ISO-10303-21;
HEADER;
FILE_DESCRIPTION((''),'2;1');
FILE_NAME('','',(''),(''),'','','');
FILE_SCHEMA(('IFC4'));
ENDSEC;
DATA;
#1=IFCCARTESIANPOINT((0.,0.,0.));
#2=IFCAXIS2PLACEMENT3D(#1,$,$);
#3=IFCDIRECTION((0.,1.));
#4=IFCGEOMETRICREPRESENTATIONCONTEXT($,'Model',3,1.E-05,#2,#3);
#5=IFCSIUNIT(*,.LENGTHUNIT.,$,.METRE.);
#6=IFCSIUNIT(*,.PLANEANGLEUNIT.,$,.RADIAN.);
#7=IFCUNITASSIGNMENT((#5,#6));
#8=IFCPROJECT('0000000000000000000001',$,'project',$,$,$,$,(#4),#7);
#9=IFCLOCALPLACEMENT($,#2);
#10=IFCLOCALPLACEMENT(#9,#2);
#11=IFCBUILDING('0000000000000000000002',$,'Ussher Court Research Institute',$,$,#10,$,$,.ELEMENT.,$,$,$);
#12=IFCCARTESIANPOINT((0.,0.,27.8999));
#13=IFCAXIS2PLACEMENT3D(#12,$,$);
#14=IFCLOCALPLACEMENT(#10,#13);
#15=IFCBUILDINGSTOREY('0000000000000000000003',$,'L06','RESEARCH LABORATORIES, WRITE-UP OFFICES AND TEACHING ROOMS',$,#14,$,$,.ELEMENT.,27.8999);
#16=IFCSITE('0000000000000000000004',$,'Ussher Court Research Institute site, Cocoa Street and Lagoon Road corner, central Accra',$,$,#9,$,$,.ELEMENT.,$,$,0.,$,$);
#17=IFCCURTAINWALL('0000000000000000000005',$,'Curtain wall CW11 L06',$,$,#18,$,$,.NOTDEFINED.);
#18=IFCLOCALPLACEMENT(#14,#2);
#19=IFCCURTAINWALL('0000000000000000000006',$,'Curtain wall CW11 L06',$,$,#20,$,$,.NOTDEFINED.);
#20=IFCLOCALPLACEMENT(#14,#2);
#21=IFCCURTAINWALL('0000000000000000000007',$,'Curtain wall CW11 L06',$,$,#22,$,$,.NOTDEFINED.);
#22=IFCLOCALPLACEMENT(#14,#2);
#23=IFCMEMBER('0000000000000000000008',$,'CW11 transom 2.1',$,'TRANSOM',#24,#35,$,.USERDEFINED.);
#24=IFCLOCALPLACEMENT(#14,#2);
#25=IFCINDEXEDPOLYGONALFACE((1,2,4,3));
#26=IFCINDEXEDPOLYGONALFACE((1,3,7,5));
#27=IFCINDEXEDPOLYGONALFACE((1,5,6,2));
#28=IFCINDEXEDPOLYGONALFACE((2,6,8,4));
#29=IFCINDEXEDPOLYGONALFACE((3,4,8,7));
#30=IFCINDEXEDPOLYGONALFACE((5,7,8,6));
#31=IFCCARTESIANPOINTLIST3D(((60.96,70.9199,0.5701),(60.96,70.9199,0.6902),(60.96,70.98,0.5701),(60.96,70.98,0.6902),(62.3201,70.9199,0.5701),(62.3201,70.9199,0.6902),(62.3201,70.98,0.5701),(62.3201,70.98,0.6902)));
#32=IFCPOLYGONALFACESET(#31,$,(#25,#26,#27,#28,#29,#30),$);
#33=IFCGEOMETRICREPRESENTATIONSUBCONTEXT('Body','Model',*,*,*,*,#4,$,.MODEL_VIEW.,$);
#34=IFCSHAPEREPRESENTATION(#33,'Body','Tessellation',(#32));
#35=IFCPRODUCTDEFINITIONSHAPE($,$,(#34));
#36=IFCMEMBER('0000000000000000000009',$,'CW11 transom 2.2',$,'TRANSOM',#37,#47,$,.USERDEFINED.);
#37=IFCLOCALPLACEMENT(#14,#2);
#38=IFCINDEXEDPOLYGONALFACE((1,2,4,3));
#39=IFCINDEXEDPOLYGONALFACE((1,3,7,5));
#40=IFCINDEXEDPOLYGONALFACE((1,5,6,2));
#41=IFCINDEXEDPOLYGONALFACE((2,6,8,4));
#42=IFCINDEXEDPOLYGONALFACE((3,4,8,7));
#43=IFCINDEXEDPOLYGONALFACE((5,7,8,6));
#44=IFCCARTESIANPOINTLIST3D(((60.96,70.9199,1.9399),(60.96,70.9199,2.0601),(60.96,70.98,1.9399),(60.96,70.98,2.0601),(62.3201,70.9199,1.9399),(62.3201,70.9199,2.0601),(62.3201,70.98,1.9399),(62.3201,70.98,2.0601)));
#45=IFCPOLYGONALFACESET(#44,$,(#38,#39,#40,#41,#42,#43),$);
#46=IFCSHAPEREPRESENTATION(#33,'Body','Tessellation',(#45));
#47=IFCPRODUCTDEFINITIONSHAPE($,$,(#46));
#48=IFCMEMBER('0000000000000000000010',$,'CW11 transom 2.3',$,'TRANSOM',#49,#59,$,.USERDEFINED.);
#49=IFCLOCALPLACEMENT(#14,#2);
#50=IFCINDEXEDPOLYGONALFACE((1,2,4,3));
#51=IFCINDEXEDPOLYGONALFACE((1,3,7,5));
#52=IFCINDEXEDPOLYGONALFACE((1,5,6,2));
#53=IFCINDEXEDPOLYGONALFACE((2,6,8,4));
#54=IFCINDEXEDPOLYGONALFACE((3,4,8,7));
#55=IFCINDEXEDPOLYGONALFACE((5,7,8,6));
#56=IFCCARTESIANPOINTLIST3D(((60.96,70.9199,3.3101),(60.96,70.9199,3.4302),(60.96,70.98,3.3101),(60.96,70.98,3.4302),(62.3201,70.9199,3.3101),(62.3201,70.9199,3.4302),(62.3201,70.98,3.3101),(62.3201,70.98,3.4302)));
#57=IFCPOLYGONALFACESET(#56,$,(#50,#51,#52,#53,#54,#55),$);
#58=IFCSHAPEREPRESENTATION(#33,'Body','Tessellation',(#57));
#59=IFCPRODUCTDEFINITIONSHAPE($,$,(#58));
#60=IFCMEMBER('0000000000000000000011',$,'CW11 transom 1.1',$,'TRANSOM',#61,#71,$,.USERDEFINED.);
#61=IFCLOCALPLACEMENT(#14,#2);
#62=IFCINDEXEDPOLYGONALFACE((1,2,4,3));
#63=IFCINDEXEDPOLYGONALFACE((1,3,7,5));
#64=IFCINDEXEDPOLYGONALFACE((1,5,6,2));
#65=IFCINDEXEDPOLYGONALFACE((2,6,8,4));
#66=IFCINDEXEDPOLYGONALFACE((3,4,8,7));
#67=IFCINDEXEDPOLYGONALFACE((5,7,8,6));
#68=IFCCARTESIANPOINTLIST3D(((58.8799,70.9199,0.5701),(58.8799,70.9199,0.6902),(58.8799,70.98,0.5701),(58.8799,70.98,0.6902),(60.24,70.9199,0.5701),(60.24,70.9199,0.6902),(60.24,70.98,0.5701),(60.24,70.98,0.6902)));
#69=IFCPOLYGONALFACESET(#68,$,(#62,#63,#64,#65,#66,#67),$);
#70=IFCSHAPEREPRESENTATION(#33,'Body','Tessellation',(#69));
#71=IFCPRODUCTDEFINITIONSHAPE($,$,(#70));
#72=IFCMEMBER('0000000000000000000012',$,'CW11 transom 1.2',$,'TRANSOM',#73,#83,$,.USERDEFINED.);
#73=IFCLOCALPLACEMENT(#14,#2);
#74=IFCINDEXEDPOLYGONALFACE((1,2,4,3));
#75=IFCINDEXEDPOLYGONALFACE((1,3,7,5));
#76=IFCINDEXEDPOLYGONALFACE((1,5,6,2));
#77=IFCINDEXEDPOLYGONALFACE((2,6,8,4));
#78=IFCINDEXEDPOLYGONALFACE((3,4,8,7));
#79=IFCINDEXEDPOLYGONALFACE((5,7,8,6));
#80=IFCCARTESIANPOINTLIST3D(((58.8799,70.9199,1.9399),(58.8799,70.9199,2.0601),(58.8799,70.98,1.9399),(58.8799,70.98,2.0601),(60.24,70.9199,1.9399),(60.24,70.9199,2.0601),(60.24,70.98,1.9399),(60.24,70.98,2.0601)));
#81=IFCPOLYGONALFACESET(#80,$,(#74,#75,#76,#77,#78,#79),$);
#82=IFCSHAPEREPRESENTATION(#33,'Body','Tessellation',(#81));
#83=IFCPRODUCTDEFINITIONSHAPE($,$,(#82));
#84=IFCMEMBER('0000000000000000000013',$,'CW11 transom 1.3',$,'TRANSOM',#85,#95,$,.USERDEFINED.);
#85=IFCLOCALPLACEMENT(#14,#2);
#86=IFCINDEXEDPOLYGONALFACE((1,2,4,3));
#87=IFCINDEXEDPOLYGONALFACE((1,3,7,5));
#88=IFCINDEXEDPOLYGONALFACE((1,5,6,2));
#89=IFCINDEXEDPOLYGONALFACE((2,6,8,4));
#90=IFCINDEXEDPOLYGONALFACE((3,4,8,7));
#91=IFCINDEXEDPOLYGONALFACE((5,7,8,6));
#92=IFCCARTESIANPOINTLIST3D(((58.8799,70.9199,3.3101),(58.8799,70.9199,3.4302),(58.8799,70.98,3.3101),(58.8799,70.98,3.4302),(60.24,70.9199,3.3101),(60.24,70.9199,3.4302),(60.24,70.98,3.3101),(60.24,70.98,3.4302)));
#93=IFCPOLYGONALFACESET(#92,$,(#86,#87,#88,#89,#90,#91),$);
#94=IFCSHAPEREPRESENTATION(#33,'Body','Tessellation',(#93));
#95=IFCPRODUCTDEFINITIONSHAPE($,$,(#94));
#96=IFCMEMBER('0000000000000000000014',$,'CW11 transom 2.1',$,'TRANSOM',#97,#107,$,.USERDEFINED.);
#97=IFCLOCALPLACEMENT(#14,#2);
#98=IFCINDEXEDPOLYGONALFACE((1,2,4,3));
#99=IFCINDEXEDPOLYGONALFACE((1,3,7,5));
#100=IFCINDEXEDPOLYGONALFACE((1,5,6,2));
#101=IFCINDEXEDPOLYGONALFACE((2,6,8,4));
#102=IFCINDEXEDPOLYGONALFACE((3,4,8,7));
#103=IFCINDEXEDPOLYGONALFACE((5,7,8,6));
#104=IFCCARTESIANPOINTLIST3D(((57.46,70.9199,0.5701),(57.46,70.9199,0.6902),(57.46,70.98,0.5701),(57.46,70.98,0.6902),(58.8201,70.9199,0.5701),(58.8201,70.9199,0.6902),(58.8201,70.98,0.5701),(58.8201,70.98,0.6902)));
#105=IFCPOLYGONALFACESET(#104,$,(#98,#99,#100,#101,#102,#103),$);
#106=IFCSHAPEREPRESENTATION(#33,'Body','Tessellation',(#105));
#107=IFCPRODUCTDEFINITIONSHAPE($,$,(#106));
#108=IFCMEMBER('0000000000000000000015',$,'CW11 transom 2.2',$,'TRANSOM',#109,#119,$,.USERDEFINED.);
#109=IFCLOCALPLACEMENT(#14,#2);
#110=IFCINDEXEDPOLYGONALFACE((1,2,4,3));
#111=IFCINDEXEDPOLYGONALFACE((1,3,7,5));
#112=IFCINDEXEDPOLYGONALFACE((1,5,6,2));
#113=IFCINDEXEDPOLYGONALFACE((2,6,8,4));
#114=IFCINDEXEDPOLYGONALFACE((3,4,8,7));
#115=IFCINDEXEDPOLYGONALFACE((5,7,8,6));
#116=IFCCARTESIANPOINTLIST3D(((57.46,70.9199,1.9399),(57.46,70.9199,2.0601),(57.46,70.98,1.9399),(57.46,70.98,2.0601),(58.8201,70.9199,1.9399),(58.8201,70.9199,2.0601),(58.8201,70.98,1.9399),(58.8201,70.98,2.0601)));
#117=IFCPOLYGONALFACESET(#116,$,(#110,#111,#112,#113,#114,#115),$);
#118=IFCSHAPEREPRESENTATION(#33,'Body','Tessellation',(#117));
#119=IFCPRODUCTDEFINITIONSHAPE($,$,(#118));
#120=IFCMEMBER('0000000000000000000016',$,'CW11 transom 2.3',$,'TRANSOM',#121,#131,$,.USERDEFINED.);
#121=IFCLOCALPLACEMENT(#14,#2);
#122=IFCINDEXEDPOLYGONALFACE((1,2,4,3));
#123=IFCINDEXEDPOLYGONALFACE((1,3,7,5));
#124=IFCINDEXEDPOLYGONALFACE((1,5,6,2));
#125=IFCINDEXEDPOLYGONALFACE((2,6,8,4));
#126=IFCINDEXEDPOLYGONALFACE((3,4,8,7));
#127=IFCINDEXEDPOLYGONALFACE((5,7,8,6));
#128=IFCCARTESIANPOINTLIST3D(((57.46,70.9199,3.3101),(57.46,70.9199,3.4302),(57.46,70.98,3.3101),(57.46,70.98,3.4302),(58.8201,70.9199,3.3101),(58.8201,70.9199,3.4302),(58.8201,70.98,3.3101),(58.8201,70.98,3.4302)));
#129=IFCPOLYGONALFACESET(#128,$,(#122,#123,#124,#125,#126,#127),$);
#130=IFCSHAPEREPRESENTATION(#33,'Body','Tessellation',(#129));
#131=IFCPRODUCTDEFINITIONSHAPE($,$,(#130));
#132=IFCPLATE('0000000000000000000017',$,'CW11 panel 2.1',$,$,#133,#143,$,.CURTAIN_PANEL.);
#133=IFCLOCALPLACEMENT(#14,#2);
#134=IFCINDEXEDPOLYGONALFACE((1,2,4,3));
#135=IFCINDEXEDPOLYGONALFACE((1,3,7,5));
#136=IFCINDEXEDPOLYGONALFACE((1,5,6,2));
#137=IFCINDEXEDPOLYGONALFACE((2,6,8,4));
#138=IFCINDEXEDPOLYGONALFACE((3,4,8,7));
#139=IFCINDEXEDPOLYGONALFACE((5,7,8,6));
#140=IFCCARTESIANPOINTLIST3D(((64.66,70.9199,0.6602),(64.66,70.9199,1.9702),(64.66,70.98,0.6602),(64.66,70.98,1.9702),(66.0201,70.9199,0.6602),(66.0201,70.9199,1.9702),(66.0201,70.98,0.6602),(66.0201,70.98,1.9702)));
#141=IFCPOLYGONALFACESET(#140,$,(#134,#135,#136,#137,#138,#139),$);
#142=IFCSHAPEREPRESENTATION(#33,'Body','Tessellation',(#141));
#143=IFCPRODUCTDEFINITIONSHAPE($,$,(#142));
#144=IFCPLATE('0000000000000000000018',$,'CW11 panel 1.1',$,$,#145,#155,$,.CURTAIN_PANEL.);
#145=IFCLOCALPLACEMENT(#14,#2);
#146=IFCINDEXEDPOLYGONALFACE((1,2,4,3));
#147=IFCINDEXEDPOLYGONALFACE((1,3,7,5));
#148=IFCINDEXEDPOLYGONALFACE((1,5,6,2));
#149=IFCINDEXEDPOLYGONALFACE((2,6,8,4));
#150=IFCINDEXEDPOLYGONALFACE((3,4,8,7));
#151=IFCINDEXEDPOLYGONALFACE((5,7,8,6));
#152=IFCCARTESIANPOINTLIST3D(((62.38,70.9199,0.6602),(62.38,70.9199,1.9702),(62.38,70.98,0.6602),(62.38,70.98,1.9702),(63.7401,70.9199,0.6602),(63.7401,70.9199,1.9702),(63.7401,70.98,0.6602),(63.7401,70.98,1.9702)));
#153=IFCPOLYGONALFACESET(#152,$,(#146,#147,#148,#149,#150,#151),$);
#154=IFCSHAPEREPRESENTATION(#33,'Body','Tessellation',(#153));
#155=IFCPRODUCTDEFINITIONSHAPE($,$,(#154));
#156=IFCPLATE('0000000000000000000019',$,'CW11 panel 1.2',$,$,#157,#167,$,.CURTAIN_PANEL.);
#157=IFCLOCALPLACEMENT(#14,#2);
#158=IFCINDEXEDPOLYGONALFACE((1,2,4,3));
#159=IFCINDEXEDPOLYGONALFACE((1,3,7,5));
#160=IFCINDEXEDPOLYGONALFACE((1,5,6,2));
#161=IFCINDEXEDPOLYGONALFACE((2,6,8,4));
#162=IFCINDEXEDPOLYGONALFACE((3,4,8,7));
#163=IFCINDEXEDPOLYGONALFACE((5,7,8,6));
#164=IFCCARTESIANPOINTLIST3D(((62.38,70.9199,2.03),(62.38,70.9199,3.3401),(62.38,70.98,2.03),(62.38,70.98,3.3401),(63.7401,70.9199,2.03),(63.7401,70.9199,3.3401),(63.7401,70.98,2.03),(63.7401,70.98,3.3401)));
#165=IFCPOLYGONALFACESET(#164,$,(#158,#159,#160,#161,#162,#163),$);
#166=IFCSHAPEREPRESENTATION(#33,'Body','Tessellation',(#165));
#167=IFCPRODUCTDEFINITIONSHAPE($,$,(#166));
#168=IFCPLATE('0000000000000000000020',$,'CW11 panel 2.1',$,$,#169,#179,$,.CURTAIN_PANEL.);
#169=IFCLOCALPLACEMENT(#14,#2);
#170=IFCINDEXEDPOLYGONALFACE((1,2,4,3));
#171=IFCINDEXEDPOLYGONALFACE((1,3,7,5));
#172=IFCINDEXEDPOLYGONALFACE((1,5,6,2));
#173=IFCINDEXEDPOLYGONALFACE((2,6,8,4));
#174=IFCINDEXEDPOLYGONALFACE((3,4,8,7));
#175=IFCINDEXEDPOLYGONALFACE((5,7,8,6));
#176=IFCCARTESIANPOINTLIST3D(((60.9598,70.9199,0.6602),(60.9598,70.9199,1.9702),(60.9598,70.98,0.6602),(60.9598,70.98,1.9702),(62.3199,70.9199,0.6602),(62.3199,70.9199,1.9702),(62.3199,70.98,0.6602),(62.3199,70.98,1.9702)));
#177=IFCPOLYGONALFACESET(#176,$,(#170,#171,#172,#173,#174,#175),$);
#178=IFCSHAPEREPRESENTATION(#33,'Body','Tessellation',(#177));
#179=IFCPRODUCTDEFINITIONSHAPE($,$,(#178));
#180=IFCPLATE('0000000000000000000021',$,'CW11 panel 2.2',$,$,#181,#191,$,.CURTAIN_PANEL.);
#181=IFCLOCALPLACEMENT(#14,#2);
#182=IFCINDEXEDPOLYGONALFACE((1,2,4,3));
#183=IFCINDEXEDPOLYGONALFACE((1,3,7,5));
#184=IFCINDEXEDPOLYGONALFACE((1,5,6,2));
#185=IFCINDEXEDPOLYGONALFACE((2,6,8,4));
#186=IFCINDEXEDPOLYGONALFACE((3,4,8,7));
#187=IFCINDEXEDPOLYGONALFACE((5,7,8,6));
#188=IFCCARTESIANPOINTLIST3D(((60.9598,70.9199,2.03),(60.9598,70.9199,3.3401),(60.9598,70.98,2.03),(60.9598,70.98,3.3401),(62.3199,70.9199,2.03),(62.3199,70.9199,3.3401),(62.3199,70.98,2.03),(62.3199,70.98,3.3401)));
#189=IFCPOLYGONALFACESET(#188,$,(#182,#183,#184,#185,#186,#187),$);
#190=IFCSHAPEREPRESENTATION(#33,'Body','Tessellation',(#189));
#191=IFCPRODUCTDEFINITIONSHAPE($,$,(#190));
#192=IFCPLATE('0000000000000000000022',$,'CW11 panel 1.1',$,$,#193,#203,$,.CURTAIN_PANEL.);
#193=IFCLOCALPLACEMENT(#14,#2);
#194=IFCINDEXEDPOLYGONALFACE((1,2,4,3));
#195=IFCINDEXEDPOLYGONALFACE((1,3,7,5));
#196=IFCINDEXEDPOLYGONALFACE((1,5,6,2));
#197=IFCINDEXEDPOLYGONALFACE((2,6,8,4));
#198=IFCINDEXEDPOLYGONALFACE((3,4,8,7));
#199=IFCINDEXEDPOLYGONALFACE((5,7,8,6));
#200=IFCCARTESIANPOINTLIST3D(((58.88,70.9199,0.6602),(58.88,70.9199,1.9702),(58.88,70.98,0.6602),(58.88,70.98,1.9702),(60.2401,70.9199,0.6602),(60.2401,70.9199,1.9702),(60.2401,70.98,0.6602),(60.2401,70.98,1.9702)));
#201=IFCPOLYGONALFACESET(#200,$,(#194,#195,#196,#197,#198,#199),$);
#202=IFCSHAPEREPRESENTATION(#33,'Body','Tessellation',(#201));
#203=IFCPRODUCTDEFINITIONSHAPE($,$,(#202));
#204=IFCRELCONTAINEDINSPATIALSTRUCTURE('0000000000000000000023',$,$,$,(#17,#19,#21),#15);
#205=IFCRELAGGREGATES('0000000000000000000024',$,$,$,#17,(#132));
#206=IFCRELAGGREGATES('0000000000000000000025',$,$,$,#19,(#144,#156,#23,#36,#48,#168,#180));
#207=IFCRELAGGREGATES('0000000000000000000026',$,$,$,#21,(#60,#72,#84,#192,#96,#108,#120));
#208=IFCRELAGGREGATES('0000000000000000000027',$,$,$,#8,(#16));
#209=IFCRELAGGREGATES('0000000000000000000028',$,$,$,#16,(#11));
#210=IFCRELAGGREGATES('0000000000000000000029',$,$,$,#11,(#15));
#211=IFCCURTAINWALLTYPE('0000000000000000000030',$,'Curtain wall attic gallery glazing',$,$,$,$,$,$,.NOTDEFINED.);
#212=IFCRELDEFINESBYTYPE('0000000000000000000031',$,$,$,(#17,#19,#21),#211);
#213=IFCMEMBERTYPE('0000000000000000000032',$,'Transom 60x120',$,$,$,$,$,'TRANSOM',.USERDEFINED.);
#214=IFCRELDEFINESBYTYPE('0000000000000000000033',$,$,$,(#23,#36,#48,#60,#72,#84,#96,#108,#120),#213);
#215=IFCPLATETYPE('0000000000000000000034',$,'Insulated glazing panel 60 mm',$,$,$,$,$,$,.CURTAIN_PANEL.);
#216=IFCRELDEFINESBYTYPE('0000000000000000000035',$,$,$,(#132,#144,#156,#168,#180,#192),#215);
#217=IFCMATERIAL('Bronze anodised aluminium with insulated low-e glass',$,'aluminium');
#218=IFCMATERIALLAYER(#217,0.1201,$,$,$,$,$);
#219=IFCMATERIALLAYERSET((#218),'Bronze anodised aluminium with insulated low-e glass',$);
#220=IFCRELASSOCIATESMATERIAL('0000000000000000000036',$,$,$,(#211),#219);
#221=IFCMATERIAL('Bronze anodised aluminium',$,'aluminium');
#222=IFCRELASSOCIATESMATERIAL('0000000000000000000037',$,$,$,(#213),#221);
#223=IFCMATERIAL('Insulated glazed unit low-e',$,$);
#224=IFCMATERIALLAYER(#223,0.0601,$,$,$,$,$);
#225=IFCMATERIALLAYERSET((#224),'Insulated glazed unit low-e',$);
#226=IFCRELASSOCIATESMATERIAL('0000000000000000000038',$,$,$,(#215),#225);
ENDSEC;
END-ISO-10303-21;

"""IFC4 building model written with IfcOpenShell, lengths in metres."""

from ifc_helpers import new_model, si_unit, direction, frame, origin, origin_2d, place, context, subcontext, project, spatial, rectangle, extrude, material, layer, layer_set, material_profile, profile_set, type_object, element, aggregate, save


model = new_model("IFC4")

# Units and contexts
model_context = context("Model", 3, precision=1e-05, world=origin(), true_north=direction((0.0, 1.0)))
body_context = subcontext(model_context, "Body", "Model", "MODEL_VIEW")
ifc_project = project(units=[si_unit("LENGTHUNIT", "METRE"), si_unit("PLANEANGLEUNIT", "RADIAN")], contexts=[model_context])

# Site, building, storey
site_placement = place(None, origin())
site = spatial("IfcSite", under=ifc_project, at=site_placement, Name="Ussher Court Research Institute site, Cocoa Street and Lagoon Road corner, central Accra", CompositionType="ELEMENT", RefElevation=0.0)
building_placement = place(site_placement, origin())
building = spatial("IfcBuilding", under=site, at=building_placement, Name="Ussher Court Research Institute", CompositionType="ELEMENT")
storey_placement = place(building_placement, frame((0.0, 0.0, 27.8999)))
storey = spatial("IfcBuildingStorey", under=building, at=storey_placement, Name="L06", Description="RESEARCH LABORATORIES, WRITE-UP OFFICES AND TEACHING ROOMS", CompositionType="ELEMENT", Elevation=27.8999)

# Curtain wall
ifc_material_1 = material(Name="Bronze anodised aluminium with insulated low-e glass", Category="aluminium")
ifc_layer_1 = layer(ifc_material_1, 0.1201)
ifc_layer_set_1 = layer_set([ifc_layer_1], Name="Bronze anodised aluminium with insulated low-e glass")
curtain_wall_type = type_object("IfcCurtainWallType", Name="Curtain wall attic gallery glazing", PredefinedType="NOTDEFINED", material=ifc_layer_set_1)
curtain_wall_1_placement = place(storey_placement, origin())
curtain_wall_1 = element("IfcCurtainWall", 1, at=curtain_wall_1_placement, inside=storey, type_object=curtain_wall_type, Name="Curtain wall CW11 L06", PredefinedType="NOTDEFINED")

# Curtain walls
curtain_wall_2_placement = place(storey_placement, origin())
curtain_wall_2 = element("IfcCurtainWall", 2, at=curtain_wall_2_placement, inside=storey, type_object=curtain_wall_type, Name="Curtain wall CW11 L06", PredefinedType="NOTDEFINED")
curtain_wall_3_placement = place(storey_placement, origin())
curtain_wall_3 = element("IfcCurtainWall", 3, at=curtain_wall_3_placement, inside=storey, type_object=curtain_wall_type, Name="Curtain wall CW11 L06", PredefinedType="NOTDEFINED")

# Members
ifc_material_2 = material(Name="Bronze anodised aluminium", Category="aluminium")
ifc_material_profile_1 = material_profile(ifc_material_2, rectangle(XDim=0.0601, YDim=0.1201, at=origin_2d()), Name="Transom 60x120")
ifc_profile_set_1 = profile_set([ifc_material_profile_1], Name="Bronze anodised aluminium")
member_type_1 = type_object("IfcMemberType", Name="Transom 60x120", ElementType="TRANSOM", PredefinedType="USERDEFINED", material=ifc_profile_set_1)
member_1_placement = place(storey_placement, frame((62.3201, 70.95, 0.6301), z_axis=(-1.0, 0.0, 0.0), x_axis=(0.0, -1.0, 0.0)))
member_1 = element("IfcMember", 4, at=member_1_placement, type_object=member_type_1, Name="CW11 transom 2.1", ObjectType="TRANSOM", PredefinedType="USERDEFINED", context=body_context, shape_type="SweptSolid", body=[
    extrude(rectangle(XDim=0.0601, YDim=0.1201, at=origin_2d()), origin(), (0.0, 0.0, 1.0), 1.3601),
])
member_2_placement = place(storey_placement, frame((62.3201, 70.95, 2.0), z_axis=(-1.0, 0.0, 0.0), x_axis=(0.0, -1.0, 0.0)))
member_2 = element("IfcMember", 5, at=member_2_placement, type_object=member_type_1, Name="CW11 transom 2.2", ObjectType="TRANSOM", PredefinedType="USERDEFINED", context=body_context, shape_type="SweptSolid", body=[
    extrude(rectangle(XDim=0.0601, YDim=0.1201, at=origin_2d()), origin(), (0.0, 0.0, 1.0), 1.3601),
])
member_3_placement = place(storey_placement, frame((62.3201, 70.95, 3.3701), z_axis=(-1.0, 0.0, 0.0), x_axis=(0.0, -1.0, 0.0)))
member_3 = element("IfcMember", 6, at=member_3_placement, type_object=member_type_1, Name="CW11 transom 2.3", ObjectType="TRANSOM", PredefinedType="USERDEFINED", context=body_context, shape_type="SweptSolid", body=[
    extrude(rectangle(XDim=0.0601, YDim=0.1201, at=origin_2d()), origin(), (0.0, 0.0, 1.0), 1.3601),
])
member_4_placement = place(storey_placement, frame((60.24, 70.95, 0.6301), z_axis=(-1.0, 0.0, 0.0), x_axis=(0.0, -1.0, 0.0)))
member_4 = element("IfcMember", 7, at=member_4_placement, type_object=member_type_1, Name="CW11 transom 1.1", ObjectType="TRANSOM", PredefinedType="USERDEFINED", context=body_context, shape_type="SweptSolid", body=[
    extrude(rectangle(XDim=0.0601, YDim=0.1201, at=origin_2d()), origin(), (0.0, 0.0, 1.0), 1.3601),
])
member_5_placement = place(storey_placement, frame((60.24, 70.95, 2.0), z_axis=(-1.0, 0.0, 0.0), x_axis=(0.0, -1.0, 0.0)))
member_5 = element("IfcMember", 8, at=member_5_placement, type_object=member_type_1, Name="CW11 transom 1.2", ObjectType="TRANSOM", PredefinedType="USERDEFINED", context=body_context, shape_type="SweptSolid", body=[
    extrude(rectangle(XDim=0.0601, YDim=0.1201, at=origin_2d()), origin(), (0.0, 0.0, 1.0), 1.3601),
])
member_6_placement = place(storey_placement, frame((60.24, 70.95, 3.3701), z_axis=(-1.0, 0.0, 0.0), x_axis=(0.0, -1.0, 0.0)))
member_6 = element("IfcMember", 9, at=member_6_placement, type_object=member_type_1, Name="CW11 transom 1.3", ObjectType="TRANSOM", PredefinedType="USERDEFINED", context=body_context, shape_type="SweptSolid", body=[
    extrude(rectangle(XDim=0.0601, YDim=0.1201, at=origin_2d()), origin(), (0.0, 0.0, 1.0), 1.3601),
])
member_7_placement = place(storey_placement, frame((58.8201, 70.95, 0.6301), z_axis=(-1.0, 0.0, 0.0), x_axis=(0.0, -1.0, 0.0)))
member_7 = element("IfcMember", 10, at=member_7_placement, type_object=member_type_1, Name="CW11 transom 2.1", ObjectType="TRANSOM", PredefinedType="USERDEFINED", context=body_context, shape_type="SweptSolid", body=[
    extrude(rectangle(XDim=0.0601, YDim=0.1201, at=origin_2d()), origin(), (0.0, 0.0, 1.0), 1.3601),
])
member_8_placement = place(storey_placement, frame((58.8201, 70.95, 2.0), z_axis=(-1.0, 0.0, 0.0), x_axis=(0.0, -1.0, 0.0)))
member_8 = element("IfcMember", 11, at=member_8_placement, type_object=member_type_1, Name="CW11 transom 2.2", ObjectType="TRANSOM", PredefinedType="USERDEFINED", context=body_context, shape_type="SweptSolid", body=[
    extrude(rectangle(XDim=0.0601, YDim=0.1201, at=origin_2d()), origin(), (0.0, 0.0, 1.0), 1.3601),
])
member_9_placement = place(storey_placement, frame((58.8201, 70.95, 3.3701), z_axis=(-1.0, 0.0, 0.0), x_axis=(0.0, -1.0, 0.0)))
member_9 = element("IfcMember", 12, at=member_9_placement, type_object=member_type_1, Name="CW11 transom 2.3", ObjectType="TRANSOM", PredefinedType="USERDEFINED", context=body_context, shape_type="SweptSolid", body=[
    extrude(rectangle(XDim=0.0601, YDim=0.1201, at=origin_2d()), origin(), (0.0, 0.0, 1.0), 1.3601),
])

# Plates
ifc_material_3 = material(Name="Insulated glazed unit low-e")
ifc_layer_2 = layer(ifc_material_3, 0.0601)
ifc_layer_set_2 = layer_set([ifc_layer_2], Name="Insulated glazed unit low-e")
plate_type = type_object("IfcPlateType", Name="Insulated glazing panel 60 mm", PredefinedType="CURTAIN_PANEL", material=ifc_layer_set_2)
plate_1_placement = place(storey_placement, frame((65.3401, 70.95, 0.6602), z_axis=(0.0, 0.0, 1.0), x_axis=(-1.0, 0.0, 0.0)))
plate_1 = element("IfcPlate", 13, at=plate_1_placement, type_object=plate_type, Name="CW11 panel 2.1", PredefinedType="CURTAIN_PANEL", context=body_context, shape_type="SweptSolid", body=[
    extrude(rectangle(XDim=1.3601, YDim=0.0601, at=origin_2d()), origin(), (0.0, 0.0, 1.0), 1.3101),
])
aggregate(curtain_wall_1, [plate_1])
plate_2_placement = place(storey_placement, frame((63.0601, 70.95, 0.6602), z_axis=(0.0, 0.0, 1.0), x_axis=(-1.0, 0.0, 0.0)))
plate_2 = element("IfcPlate", 14, at=plate_2_placement, type_object=plate_type, Name="CW11 panel 1.1", PredefinedType="CURTAIN_PANEL", context=body_context, shape_type="SweptSolid", body=[
    extrude(rectangle(XDim=1.3601, YDim=0.0601, at=origin_2d()), origin(), (0.0, 0.0, 1.0), 1.3101),
])
plate_3_placement = place(storey_placement, frame((63.0601, 70.95, 2.03), z_axis=(0.0, 0.0, 1.0), x_axis=(-1.0, 0.0, 0.0)))
plate_3 = element("IfcPlate", 15, at=plate_3_placement, type_object=plate_type, Name="CW11 panel 1.2", PredefinedType="CURTAIN_PANEL", context=body_context, shape_type="SweptSolid", body=[
    extrude(rectangle(XDim=1.3601, YDim=0.0601, at=origin_2d()), origin(), (0.0, 0.0, 1.0), 1.3101),
])
plate_4_placement = place(storey_placement, frame((61.6399, 70.95, 0.6602), z_axis=(0.0, 0.0, 1.0), x_axis=(-1.0, 0.0, 0.0)))
plate_4 = element("IfcPlate", 16, at=plate_4_placement, type_object=plate_type, Name="CW11 panel 2.1", PredefinedType="CURTAIN_PANEL", context=body_context, shape_type="SweptSolid", body=[
    extrude(rectangle(XDim=1.3601, YDim=0.0601, at=origin_2d()), origin(), (0.0, 0.0, 1.0), 1.3101),
])
plate_5_placement = place(storey_placement, frame((61.6399, 70.95, 2.03), z_axis=(0.0, 0.0, 1.0), x_axis=(-1.0, 0.0, 0.0)))
plate_5 = element("IfcPlate", 17, at=plate_5_placement, type_object=plate_type, Name="CW11 panel 2.2", PredefinedType="CURTAIN_PANEL", context=body_context, shape_type="SweptSolid", body=[
    extrude(rectangle(XDim=1.3601, YDim=0.0601, at=origin_2d()), origin(), (0.0, 0.0, 1.0), 1.3101),
])
aggregate(curtain_wall_2, [plate_2, plate_3, member_1, member_2, member_3, plate_4, plate_5])
plate_6_placement = place(storey_placement, frame((59.5601, 70.95, 0.6602), z_axis=(0.0, 0.0, 1.0), x_axis=(-1.0, 0.0, 0.0)))
plate_6 = element("IfcPlate", 18, at=plate_6_placement, type_object=plate_type, Name="CW11 panel 1.1", PredefinedType="CURTAIN_PANEL", context=body_context, shape_type="SweptSolid", body=[
    extrude(rectangle(XDim=1.3601, YDim=0.0601, at=origin_2d()), origin(), (0.0, 0.0, 1.0), 1.3101),
])
aggregate(curtain_wall_3, [member_4, member_5, member_6, plate_6, member_7, member_8, member_9])

save(model, "model.ifc")
